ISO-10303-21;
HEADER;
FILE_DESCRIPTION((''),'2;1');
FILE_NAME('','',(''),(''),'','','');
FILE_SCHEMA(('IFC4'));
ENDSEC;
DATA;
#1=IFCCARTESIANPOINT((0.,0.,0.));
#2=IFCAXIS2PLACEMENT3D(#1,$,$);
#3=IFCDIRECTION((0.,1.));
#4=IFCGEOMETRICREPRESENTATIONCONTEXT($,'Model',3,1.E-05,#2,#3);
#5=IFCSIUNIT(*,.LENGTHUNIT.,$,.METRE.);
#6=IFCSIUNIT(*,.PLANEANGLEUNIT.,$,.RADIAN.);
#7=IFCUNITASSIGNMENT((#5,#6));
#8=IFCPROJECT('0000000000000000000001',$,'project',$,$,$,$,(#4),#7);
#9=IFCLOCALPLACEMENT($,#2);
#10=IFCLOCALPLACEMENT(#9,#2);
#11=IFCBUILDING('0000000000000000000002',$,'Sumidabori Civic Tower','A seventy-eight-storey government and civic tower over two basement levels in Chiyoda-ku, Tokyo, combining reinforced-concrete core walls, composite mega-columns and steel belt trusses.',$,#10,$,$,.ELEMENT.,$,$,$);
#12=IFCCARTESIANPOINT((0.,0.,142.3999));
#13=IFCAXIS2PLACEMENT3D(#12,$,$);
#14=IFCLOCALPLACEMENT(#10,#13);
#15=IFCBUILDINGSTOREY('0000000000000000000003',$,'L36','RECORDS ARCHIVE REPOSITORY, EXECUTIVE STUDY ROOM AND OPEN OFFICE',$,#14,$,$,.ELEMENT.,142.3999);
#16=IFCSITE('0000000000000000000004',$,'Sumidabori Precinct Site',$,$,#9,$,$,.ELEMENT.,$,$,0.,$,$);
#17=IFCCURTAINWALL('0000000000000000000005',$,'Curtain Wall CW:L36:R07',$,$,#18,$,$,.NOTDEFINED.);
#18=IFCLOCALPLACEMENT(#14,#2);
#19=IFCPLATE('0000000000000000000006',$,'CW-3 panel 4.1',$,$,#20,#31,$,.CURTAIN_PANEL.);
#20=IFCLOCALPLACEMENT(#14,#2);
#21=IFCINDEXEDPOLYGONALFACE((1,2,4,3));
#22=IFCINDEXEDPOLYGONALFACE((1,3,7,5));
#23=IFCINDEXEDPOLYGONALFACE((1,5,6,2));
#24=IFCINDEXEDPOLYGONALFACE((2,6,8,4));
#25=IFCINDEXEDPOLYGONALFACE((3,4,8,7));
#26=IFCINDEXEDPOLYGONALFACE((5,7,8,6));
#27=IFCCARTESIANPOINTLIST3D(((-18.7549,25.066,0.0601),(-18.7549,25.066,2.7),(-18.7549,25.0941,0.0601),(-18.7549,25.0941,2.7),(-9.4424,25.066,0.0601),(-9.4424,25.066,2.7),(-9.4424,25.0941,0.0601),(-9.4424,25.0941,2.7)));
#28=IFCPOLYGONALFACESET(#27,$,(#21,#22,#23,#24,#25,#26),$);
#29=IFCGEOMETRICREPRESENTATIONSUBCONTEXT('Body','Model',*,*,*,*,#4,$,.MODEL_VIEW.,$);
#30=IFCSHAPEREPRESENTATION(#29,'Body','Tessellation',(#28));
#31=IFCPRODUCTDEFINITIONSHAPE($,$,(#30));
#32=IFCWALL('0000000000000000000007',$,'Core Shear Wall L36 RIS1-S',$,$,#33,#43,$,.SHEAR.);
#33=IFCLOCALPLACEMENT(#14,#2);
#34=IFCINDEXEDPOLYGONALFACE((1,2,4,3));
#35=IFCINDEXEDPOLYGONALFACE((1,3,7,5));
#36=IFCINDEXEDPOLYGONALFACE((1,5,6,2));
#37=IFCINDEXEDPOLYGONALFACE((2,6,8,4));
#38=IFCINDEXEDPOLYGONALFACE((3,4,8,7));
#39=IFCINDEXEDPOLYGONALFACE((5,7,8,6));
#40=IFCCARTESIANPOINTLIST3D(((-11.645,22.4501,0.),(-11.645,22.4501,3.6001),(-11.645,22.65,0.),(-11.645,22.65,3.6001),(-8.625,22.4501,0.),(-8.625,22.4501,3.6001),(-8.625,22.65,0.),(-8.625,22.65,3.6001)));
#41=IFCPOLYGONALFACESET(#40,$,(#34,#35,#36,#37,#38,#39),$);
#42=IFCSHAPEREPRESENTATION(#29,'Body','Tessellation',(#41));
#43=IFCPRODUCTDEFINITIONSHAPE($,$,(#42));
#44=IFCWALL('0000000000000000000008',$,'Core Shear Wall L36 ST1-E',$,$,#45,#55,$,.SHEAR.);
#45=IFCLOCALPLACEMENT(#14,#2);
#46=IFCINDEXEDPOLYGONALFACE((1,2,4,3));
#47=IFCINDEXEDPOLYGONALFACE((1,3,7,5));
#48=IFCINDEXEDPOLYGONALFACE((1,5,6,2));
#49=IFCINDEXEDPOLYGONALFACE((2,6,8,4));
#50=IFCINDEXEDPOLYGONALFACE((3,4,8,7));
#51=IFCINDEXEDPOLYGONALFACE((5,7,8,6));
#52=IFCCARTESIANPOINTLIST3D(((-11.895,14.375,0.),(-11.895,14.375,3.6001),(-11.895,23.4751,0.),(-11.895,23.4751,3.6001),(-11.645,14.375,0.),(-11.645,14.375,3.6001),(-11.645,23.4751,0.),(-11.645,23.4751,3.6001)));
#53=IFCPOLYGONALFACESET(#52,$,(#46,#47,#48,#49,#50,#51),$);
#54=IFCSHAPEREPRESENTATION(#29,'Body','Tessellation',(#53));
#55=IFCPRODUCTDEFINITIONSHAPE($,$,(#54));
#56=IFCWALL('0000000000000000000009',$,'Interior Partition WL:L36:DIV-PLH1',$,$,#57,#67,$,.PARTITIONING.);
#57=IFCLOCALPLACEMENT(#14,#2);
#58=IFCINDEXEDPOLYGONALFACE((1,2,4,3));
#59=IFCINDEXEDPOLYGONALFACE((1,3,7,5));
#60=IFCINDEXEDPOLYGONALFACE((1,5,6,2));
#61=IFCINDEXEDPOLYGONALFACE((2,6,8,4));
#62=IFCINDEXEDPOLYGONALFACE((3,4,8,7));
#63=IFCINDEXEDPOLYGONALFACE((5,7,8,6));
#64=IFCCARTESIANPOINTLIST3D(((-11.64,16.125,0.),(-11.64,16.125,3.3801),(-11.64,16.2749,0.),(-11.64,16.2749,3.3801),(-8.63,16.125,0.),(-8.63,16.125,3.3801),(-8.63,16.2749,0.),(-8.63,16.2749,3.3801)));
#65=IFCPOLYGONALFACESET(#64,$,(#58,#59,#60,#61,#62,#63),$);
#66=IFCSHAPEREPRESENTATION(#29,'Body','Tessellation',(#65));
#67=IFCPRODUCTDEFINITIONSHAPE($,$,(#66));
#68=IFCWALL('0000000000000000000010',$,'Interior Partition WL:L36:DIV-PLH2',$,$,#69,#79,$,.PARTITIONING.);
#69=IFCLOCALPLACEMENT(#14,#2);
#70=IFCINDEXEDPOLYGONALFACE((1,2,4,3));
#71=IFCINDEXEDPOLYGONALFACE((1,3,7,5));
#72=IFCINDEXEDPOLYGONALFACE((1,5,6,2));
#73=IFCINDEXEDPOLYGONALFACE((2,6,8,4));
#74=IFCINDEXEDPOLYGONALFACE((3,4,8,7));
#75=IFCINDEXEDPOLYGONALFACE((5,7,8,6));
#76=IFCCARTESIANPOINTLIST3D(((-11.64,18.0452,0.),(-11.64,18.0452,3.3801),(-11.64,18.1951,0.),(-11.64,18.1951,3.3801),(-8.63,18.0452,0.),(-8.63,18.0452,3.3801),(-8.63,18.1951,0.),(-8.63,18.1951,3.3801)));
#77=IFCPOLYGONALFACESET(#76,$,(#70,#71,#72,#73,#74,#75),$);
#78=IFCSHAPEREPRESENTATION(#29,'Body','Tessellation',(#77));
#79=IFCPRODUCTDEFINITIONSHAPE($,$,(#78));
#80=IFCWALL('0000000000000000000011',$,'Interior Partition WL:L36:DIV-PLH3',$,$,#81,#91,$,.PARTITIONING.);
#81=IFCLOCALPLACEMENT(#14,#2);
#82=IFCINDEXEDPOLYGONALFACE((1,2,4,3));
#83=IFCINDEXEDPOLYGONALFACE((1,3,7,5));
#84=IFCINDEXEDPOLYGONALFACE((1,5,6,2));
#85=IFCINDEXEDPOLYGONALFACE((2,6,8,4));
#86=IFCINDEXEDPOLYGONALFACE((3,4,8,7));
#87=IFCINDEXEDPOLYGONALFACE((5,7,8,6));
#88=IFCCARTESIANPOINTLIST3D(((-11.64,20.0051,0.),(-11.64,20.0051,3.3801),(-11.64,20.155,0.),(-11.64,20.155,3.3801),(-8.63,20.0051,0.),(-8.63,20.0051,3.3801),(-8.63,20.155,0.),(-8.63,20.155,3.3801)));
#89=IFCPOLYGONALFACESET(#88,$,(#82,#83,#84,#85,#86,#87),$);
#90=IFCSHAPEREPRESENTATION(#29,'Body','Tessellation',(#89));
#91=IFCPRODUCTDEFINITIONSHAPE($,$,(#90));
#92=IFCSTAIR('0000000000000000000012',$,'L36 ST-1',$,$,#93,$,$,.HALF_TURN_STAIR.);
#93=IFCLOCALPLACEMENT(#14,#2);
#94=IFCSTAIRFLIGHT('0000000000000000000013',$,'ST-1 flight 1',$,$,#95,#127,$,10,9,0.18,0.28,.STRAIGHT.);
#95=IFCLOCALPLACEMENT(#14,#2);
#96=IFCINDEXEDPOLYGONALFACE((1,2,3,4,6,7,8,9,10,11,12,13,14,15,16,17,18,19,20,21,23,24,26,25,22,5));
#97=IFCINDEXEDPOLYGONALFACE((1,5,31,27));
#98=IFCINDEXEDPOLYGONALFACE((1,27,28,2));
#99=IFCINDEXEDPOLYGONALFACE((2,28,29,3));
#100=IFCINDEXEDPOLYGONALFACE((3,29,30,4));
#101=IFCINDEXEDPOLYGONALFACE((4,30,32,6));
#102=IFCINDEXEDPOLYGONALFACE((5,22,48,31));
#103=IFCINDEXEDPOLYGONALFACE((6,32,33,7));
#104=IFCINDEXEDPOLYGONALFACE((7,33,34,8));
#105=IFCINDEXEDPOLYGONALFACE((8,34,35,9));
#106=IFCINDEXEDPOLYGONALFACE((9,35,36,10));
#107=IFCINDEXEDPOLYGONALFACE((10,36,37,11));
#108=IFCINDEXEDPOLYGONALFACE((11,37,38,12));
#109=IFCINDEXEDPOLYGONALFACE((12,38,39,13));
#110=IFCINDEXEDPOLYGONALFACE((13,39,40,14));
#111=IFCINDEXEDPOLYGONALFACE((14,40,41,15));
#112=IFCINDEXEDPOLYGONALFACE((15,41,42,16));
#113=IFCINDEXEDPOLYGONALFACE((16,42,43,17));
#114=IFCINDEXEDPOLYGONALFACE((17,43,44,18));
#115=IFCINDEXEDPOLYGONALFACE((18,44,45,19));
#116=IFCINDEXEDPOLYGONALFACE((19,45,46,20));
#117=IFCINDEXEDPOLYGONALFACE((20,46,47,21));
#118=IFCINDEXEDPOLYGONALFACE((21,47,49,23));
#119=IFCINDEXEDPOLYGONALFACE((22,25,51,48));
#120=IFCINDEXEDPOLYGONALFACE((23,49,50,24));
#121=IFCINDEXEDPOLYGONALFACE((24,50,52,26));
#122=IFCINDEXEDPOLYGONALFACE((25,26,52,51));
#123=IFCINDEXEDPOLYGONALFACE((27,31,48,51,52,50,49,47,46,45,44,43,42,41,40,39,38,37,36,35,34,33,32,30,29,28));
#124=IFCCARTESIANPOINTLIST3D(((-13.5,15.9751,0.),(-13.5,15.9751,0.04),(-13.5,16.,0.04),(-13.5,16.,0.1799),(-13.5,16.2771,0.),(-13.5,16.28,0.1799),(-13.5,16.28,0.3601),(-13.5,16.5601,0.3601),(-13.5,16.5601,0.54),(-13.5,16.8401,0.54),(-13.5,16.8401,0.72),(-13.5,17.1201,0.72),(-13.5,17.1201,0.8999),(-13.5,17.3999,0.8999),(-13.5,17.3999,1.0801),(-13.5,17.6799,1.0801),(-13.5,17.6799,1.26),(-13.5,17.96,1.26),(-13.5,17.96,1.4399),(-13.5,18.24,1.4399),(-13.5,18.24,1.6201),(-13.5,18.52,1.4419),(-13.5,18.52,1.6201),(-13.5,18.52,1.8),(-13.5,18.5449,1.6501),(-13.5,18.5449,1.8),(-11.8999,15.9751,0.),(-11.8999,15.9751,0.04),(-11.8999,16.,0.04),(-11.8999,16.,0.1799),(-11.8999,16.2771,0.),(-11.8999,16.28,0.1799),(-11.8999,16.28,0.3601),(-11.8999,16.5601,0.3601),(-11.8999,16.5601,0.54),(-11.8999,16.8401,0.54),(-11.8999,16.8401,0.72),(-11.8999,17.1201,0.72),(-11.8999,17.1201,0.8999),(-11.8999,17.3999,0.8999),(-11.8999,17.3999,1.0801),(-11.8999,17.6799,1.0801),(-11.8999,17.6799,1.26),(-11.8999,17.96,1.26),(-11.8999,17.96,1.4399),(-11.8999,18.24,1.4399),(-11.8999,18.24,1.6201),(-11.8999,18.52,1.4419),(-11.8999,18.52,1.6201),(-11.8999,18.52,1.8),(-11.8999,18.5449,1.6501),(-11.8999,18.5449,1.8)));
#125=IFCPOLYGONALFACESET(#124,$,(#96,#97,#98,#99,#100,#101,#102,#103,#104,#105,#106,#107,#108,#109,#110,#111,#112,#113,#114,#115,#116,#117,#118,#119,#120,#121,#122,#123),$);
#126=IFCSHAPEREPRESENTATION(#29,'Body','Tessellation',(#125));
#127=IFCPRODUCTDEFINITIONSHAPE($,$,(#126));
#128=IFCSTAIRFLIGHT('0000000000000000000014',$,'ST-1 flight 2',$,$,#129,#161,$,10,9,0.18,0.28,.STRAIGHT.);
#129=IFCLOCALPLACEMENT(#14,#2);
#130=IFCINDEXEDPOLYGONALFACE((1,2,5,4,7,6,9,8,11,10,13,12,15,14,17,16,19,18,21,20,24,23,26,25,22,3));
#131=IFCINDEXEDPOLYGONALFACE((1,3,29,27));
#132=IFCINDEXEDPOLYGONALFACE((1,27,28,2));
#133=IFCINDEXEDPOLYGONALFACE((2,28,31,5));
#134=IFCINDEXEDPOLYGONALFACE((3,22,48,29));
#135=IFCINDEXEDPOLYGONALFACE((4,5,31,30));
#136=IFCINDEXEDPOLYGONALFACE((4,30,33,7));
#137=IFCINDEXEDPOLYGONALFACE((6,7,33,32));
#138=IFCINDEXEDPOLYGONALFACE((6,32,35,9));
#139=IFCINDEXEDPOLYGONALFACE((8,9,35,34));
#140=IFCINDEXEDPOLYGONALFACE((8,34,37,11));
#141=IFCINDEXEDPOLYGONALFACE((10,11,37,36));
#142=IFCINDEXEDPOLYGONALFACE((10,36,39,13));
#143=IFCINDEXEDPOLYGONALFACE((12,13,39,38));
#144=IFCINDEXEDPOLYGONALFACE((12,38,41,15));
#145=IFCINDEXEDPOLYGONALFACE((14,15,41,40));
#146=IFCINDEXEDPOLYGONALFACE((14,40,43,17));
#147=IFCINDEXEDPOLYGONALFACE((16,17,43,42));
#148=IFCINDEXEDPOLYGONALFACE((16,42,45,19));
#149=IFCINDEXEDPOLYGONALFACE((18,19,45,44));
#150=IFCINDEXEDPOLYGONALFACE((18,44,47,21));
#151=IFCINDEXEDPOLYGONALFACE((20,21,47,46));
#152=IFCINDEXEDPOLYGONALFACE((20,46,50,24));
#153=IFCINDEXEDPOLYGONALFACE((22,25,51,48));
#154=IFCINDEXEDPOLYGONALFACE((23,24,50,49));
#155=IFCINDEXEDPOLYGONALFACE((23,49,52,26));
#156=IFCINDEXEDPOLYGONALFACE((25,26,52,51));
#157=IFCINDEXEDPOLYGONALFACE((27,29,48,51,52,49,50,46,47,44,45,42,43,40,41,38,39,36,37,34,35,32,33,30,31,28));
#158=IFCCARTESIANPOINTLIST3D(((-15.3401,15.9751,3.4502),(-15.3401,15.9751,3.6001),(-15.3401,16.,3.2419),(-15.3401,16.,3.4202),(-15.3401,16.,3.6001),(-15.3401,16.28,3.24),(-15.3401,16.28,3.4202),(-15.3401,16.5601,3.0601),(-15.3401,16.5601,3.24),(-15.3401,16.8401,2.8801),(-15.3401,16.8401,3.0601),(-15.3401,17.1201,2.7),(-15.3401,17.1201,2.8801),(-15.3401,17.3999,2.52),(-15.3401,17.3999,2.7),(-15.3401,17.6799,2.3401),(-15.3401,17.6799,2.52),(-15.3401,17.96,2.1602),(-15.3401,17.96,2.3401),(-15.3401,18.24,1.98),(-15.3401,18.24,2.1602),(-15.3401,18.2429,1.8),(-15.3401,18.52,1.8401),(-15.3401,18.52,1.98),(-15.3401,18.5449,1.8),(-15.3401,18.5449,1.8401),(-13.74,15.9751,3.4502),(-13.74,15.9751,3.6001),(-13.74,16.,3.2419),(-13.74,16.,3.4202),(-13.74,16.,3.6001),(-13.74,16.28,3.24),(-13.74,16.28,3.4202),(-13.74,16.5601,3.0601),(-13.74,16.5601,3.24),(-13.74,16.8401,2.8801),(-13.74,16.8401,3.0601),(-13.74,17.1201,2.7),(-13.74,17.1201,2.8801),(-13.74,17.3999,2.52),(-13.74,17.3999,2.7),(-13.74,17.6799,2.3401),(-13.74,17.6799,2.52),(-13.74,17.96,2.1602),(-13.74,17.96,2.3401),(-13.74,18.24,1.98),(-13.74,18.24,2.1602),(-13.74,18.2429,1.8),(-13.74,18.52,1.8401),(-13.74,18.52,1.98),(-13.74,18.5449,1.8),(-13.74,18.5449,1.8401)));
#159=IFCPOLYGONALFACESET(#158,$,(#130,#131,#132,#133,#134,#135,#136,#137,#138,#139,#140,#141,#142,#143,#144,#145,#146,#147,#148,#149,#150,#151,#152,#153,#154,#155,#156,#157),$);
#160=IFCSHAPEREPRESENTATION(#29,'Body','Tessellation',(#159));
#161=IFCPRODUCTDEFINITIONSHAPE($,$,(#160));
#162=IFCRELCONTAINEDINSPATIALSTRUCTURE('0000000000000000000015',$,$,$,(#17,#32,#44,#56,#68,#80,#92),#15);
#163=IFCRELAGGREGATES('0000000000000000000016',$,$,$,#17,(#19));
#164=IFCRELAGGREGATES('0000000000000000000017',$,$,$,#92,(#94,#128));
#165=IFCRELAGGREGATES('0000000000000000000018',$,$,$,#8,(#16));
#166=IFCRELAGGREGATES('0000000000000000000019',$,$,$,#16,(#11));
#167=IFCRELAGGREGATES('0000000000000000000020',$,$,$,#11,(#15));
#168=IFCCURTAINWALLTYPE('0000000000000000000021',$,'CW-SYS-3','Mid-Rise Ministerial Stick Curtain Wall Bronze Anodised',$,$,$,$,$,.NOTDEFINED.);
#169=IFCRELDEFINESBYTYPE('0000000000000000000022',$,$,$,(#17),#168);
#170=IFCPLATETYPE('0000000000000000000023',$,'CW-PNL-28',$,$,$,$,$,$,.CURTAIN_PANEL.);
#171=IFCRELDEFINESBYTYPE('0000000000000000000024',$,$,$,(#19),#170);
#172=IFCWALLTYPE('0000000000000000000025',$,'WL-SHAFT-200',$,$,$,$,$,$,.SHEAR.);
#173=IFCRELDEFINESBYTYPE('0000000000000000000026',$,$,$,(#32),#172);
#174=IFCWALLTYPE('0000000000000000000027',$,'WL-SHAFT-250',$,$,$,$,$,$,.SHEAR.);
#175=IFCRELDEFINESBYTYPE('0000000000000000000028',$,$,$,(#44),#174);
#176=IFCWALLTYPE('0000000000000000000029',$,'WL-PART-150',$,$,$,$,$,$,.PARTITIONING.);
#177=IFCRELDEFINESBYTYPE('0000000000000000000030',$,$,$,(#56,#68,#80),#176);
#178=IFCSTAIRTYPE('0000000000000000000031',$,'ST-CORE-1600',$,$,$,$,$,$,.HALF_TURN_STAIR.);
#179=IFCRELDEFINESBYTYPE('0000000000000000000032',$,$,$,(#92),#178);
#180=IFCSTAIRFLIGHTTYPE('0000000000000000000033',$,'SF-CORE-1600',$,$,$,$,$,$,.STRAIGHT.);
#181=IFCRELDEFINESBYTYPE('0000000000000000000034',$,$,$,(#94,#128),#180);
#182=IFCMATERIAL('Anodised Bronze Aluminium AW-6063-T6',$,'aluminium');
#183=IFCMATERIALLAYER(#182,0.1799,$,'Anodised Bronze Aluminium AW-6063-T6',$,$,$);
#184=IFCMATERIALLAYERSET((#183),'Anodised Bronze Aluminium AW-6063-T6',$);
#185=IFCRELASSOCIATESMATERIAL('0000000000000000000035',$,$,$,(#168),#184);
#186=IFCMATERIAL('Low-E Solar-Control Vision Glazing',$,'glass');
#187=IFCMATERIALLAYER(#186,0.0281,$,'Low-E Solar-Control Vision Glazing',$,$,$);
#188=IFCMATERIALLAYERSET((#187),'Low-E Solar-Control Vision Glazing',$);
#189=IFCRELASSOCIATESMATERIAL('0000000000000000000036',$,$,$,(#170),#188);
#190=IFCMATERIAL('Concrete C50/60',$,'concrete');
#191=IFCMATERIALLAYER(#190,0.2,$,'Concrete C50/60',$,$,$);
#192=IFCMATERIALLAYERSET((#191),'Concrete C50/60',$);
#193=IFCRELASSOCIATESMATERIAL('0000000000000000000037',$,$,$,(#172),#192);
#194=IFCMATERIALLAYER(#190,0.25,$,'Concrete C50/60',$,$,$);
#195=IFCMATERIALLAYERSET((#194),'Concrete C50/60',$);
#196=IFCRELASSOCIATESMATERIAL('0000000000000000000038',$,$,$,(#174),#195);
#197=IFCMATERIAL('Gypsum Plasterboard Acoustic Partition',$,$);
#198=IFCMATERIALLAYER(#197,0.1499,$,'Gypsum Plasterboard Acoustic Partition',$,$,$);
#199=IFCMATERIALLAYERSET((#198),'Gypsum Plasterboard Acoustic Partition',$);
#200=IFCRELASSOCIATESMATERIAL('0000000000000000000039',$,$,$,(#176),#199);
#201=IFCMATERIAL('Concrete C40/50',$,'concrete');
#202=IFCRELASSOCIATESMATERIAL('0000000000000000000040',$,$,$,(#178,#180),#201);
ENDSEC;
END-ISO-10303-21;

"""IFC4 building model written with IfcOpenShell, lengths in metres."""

from ifc_helpers import new_model, si_unit, direction, frame, frame_2d, origin, origin_2d, place, context, subcontext, project, spatial, polyline, rectangle, outline, extrude, source, transform, mapped, material, layer, layer_set, type_object, element, aggregate, save


model = new_model("IFC4")

# Units and contexts
model_context = context("Model", 3, precision=1e-05, world=origin(), true_north=direction((0.0, 1.0)))
body_context = subcontext(model_context, "Body", "Model", "MODEL_VIEW")
ifc_project = project(units=[si_unit("LENGTHUNIT", "METRE"), si_unit("PLANEANGLEUNIT", "RADIAN")], contexts=[model_context])

# Site, building, storey
site_placement = place(None, origin())
site = spatial("IfcSite", under=ifc_project, at=site_placement, Name="Sumidabori Precinct Site", CompositionType="ELEMENT", RefElevation=0.0)
building_placement = place(site_placement, origin())
building = spatial("IfcBuilding", under=site, at=building_placement, Name="Sumidabori Civic Tower", Description="A seventy-eight-storey government and civic tower over two basement levels in Chiyoda-ku, Tokyo, combining reinforced-concrete core walls, composite mega-columns and steel belt trusses.", CompositionType="ELEMENT")
storey_placement = place(building_placement, frame((0.0, 0.0, 142.3999)))
storey = spatial("IfcBuildingStorey", under=building, at=storey_placement, Name="L36", Description="RECORDS ARCHIVE REPOSITORY, EXECUTIVE STUDY ROOM AND OPEN OFFICE", CompositionType="ELEMENT", Elevation=142.3999)

# Curtain wall, plate
ifc_material_1 = material(Name="Anodised Bronze Aluminium AW-6063-T6", Category="aluminium")
ifc_layer_1 = layer(ifc_material_1, 0.1799, Name="Anodised Bronze Aluminium AW-6063-T6")
ifc_layer_set_1 = layer_set([ifc_layer_1], Name="Anodised Bronze Aluminium AW-6063-T6")
curtain_wall_type = type_object("IfcCurtainWallType", Name="CW-SYS-3", Description="Mid-Rise Ministerial Stick Curtain Wall Bronze Anodised", PredefinedType="NOTDEFINED", material=ifc_layer_set_1)
curtain_wall_placement = place(storey_placement, origin())
curtain_wall = element("IfcCurtainWall", 1, at=curtain_wall_placement, inside=storey, type_object=curtain_wall_type, Name="Curtain Wall CW:L36:R07", PredefinedType="NOTDEFINED")
ifc_material_2 = material(Name="Low-E Solar-Control Vision Glazing", Category="glass")
ifc_layer_2 = layer(ifc_material_2, 0.0281, Name="Low-E Solar-Control Vision Glazing")
ifc_layer_set_2 = layer_set([ifc_layer_2], Name="Low-E Solar-Control Vision Glazing")
plate_type = type_object("IfcPlateType", Name="CW-PNL-28", PredefinedType="CURTAIN_PANEL", material=ifc_layer_set_2)
shared_shape_1 = source(origin(), body_context, "Body", "SweptSolid", [
    extrude(rectangle(XDim=9.3125, YDim=0.0281, at=origin_2d()), origin(), (0.0, 0.0, 1.0), 2.6399),
])
plate_placement = place(storey_placement, frame((-14.0986, 25.0801, 0.0601), z_axis=(0.0, 0.0, 1.0), x_axis=(-1.0, 0.0, 0.0)))
plate = element("IfcPlate", 2, at=plate_placement, type_object=plate_type, Name="CW-3 panel 4.1", PredefinedType="CURTAIN_PANEL", context=body_context, shape_type="MappedRepresentation", body=[
    mapped(shared_shape_1, transform((0.0, 0.0, 0.0), x_axis=(1.0, 0.0, 0.0), y_axis=(0.0, 1.0, 0.0), z_axis=(0.0, 0.0, 1.0), scale=1.0)),
])
aggregate(curtain_wall, [plate])

# Wall
ifc_material_3 = material(Name="Concrete C50/60", Category="concrete")
ifc_layer_3 = layer(ifc_material_3, 0.2, Name="Concrete C50/60")
ifc_layer_set_3 = layer_set([ifc_layer_3], Name="Concrete C50/60")
wall_type_1 = type_object("IfcWallType", Name="WL-SHAFT-200", PredefinedType="SHEAR", material=ifc_layer_set_3)
shared_shape_2 = source(origin(), body_context, "Body", "SweptSolid", [
    extrude(rectangle(XDim=3.02, YDim=0.2, at=frame_2d((1.51, 0.0))), origin(), (0.0, 0.0, 1.0), 3.6001),
])
wall_1_placement = place(storey_placement, frame((-11.645, 22.55, 0.0), z_axis=(0.0, 0.0, 1.0), x_axis=(1.0, 0.0, 0.0)))
element("IfcWall", 3, at=wall_1_placement, inside=storey, type_object=wall_type_1, Name="Core Shear Wall L36 RIS1-S", PredefinedType="SHEAR", context=body_context, shape_type="MappedRepresentation", body=[
    mapped(shared_shape_2, transform((0.0, 0.0, 0.0), x_axis=(1.0, 0.0, 0.0), y_axis=(0.0, 1.0, 0.0), z_axis=(0.0, 0.0, 1.0), scale=1.0)),
])

# Shared definitions
ifc_layer_4 = layer(ifc_material_3, 0.25, Name="Concrete C50/60")
ifc_layer_set_4 = layer_set([ifc_layer_4], Name="Concrete C50/60")
wall_type_2 = type_object("IfcWallType", Name="WL-SHAFT-250", PredefinedType="SHEAR", material=ifc_layer_set_4)

# Wall
shared_shape_3 = source(origin(), body_context, "Body", "SweptSolid", [
    extrude(rectangle(XDim=9.1001, YDim=0.25, at=frame_2d((4.55, 0.0))), origin(), (0.0, 0.0, 1.0), 3.6001),
])
wall_2_placement = place(storey_placement, frame((-11.77, 14.375, 0.0), z_axis=(0.0, 0.0, 1.0), x_axis=(0.0, 1.0, 0.0)))
element("IfcWall", 4, at=wall_2_placement, inside=storey, type_object=wall_type_2, Name="Core Shear Wall L36 ST1-E", PredefinedType="SHEAR", context=body_context, shape_type="MappedRepresentation", body=[
    mapped(shared_shape_3, transform((0.0, 0.0, 0.0), x_axis=(1.0, 0.0, 0.0), y_axis=(0.0, 1.0, 0.0), z_axis=(0.0, 0.0, 1.0), scale=1.0)),
])

# Walls
ifc_material_4 = material(Name="Gypsum Plasterboard Acoustic Partition")
ifc_layer_5 = layer(ifc_material_4, 0.1499, Name="Gypsum Plasterboard Acoustic Partition")
ifc_layer_set_5 = layer_set([ifc_layer_5], Name="Gypsum Plasterboard Acoustic Partition")
wall_type_3 = type_object("IfcWallType", Name="WL-PART-150", PredefinedType="PARTITIONING", material=ifc_layer_set_5)
shared_shape_4 = source(origin(), body_context, "Body", "SweptSolid", [
    extrude(rectangle(XDim=3.01, YDim=0.1499, at=frame_2d((1.5049, 0.0))), origin(), (0.0, 0.0, 1.0), 3.3801),
])
for number, where, z_axis, x_axis, name in (
    (5, (-11.6399, 16.2, 0.0), (0.0, 0.0, 1.0), (1.0, 0.0, 0.0), "Interior Partition WL:L36:DIV-PLH1"),
    (6, (-11.6399, 18.1201, 0.0), (0.0, 0.0, 1.0), (1.0, 0.0, 0.0), "Interior Partition WL:L36:DIV-PLH2"),
    (7, (-11.6399, 20.0801, 0.0), (0.0, 0.0, 1.0), (1.0, 0.0, 0.0), "Interior Partition WL:L36:DIV-PLH3"),
):
    element("IfcWall", number, at=place(storey_placement, frame(where, z_axis=z_axis, x_axis=x_axis)), inside=storey, type_object=wall_type_3, Name=name, PredefinedType="PARTITIONING", context=body_context, shape_type="MappedRepresentation", body=[
        mapped(shared_shape_4, transform((0.0, 0.0, 0.0), x_axis=(1.0, 0.0, 0.0), y_axis=(0.0, 1.0, 0.0), z_axis=(0.0, 0.0, 1.0), scale=1.0)),
    ])

# Stair, stair flights
ifc_material_5 = material(Name="Concrete C40/50", Category="concrete")
stair_type = type_object("IfcStairType", Name="ST-CORE-1600", PredefinedType="HALF_TURN_STAIR", material=ifc_material_5)
stair_placement = place(storey_placement, origin())
stair = element("IfcStair", 8, at=stair_placement, inside=storey, type_object=stair_type, Name="L36 ST-1", PredefinedType="HALF_TURN_STAIR")
stair_flight_type = type_object("IfcStairFlightType", Name="SF-CORE-1600", PredefinedType="STRAIGHT", material=ifc_material_5)
shared_shape_5 = source(origin(), body_context, "Body", "SweptSolid", [
    extrude(outline(polyline([(-0.0249, 0.0), (-0.0249, 0.04), (0.0, 0.04), (0.0, 0.1799), (0.28, 0.1799), (0.28, 0.3601), (0.5601, 0.3601), (0.5601, 0.54), (0.8401, 0.54), (0.8401, 0.72), (1.1201, 0.72), (1.1201, 0.8999), (1.3999, 0.8999), (1.3999, 1.0801), (1.6799, 1.0801), (1.6799, 1.26), (1.96, 1.26), (1.96, 1.4399), (2.24, 1.4399), (2.24, 1.6201), (2.52, 1.6201), (2.52, 1.8), (2.5449, 1.8), (2.5449, 1.6501), (2.52, 1.4419), (0.2771, 0.0), (-0.0249, 0.0)])), frame((0.0, 0.8, 0.0), z_axis=(0.0, -1.0, 0.0), x_axis=(1.0, 0.0, 0.0)), (0.0, 0.0, 1.0), 1.6001),
])
stair_flight_1_placement = place(storey_placement, frame((-12.7, 16.0, 0.0), z_axis=(0.0, 0.0, 1.0), x_axis=(0.0, 1.0, 0.0)))
stair_flight_1 = element("IfcStairFlight", 9, at=stair_flight_1_placement, type_object=stair_flight_type, Name="ST-1 flight 1", NumberOfRisers=10, NumberOfTreads=9, PredefinedType="STRAIGHT", RiserHeight=0.18, TreadLength=0.28, context=body_context, shape_type="MappedRepresentation", body=[
    mapped(shared_shape_5, transform((0.0, 0.0, 0.0), x_axis=(1.0, 0.0, 0.0), y_axis=(0.0, 1.0, 0.0), z_axis=(0.0, 0.0, 1.0), scale=1.0)),
])
stair_flight_2_placement = place(storey_placement, frame((-14.54, 18.52, 1.8), z_axis=(0.0, 0.0, 1.0), x_axis=(0.0, -1.0, 0.0)))
stair_flight_2 = element("IfcStairFlight", 10, at=stair_flight_2_placement, type_object=stair_flight_type, Name="ST-1 flight 2", NumberOfRisers=10, NumberOfTreads=9, PredefinedType="STRAIGHT", RiserHeight=0.18, TreadLength=0.28, context=body_context, shape_type="MappedRepresentation", body=[
    mapped(shared_shape_5, transform((0.0, 0.0, 0.0), x_axis=(1.0, 0.0, 0.0), y_axis=(0.0, 1.0, 0.0), z_axis=(0.0, 0.0, 1.0), scale=1.0)),
])
aggregate(stair, [stair_flight_1, stair_flight_2])

save(model, "model.ifc")
